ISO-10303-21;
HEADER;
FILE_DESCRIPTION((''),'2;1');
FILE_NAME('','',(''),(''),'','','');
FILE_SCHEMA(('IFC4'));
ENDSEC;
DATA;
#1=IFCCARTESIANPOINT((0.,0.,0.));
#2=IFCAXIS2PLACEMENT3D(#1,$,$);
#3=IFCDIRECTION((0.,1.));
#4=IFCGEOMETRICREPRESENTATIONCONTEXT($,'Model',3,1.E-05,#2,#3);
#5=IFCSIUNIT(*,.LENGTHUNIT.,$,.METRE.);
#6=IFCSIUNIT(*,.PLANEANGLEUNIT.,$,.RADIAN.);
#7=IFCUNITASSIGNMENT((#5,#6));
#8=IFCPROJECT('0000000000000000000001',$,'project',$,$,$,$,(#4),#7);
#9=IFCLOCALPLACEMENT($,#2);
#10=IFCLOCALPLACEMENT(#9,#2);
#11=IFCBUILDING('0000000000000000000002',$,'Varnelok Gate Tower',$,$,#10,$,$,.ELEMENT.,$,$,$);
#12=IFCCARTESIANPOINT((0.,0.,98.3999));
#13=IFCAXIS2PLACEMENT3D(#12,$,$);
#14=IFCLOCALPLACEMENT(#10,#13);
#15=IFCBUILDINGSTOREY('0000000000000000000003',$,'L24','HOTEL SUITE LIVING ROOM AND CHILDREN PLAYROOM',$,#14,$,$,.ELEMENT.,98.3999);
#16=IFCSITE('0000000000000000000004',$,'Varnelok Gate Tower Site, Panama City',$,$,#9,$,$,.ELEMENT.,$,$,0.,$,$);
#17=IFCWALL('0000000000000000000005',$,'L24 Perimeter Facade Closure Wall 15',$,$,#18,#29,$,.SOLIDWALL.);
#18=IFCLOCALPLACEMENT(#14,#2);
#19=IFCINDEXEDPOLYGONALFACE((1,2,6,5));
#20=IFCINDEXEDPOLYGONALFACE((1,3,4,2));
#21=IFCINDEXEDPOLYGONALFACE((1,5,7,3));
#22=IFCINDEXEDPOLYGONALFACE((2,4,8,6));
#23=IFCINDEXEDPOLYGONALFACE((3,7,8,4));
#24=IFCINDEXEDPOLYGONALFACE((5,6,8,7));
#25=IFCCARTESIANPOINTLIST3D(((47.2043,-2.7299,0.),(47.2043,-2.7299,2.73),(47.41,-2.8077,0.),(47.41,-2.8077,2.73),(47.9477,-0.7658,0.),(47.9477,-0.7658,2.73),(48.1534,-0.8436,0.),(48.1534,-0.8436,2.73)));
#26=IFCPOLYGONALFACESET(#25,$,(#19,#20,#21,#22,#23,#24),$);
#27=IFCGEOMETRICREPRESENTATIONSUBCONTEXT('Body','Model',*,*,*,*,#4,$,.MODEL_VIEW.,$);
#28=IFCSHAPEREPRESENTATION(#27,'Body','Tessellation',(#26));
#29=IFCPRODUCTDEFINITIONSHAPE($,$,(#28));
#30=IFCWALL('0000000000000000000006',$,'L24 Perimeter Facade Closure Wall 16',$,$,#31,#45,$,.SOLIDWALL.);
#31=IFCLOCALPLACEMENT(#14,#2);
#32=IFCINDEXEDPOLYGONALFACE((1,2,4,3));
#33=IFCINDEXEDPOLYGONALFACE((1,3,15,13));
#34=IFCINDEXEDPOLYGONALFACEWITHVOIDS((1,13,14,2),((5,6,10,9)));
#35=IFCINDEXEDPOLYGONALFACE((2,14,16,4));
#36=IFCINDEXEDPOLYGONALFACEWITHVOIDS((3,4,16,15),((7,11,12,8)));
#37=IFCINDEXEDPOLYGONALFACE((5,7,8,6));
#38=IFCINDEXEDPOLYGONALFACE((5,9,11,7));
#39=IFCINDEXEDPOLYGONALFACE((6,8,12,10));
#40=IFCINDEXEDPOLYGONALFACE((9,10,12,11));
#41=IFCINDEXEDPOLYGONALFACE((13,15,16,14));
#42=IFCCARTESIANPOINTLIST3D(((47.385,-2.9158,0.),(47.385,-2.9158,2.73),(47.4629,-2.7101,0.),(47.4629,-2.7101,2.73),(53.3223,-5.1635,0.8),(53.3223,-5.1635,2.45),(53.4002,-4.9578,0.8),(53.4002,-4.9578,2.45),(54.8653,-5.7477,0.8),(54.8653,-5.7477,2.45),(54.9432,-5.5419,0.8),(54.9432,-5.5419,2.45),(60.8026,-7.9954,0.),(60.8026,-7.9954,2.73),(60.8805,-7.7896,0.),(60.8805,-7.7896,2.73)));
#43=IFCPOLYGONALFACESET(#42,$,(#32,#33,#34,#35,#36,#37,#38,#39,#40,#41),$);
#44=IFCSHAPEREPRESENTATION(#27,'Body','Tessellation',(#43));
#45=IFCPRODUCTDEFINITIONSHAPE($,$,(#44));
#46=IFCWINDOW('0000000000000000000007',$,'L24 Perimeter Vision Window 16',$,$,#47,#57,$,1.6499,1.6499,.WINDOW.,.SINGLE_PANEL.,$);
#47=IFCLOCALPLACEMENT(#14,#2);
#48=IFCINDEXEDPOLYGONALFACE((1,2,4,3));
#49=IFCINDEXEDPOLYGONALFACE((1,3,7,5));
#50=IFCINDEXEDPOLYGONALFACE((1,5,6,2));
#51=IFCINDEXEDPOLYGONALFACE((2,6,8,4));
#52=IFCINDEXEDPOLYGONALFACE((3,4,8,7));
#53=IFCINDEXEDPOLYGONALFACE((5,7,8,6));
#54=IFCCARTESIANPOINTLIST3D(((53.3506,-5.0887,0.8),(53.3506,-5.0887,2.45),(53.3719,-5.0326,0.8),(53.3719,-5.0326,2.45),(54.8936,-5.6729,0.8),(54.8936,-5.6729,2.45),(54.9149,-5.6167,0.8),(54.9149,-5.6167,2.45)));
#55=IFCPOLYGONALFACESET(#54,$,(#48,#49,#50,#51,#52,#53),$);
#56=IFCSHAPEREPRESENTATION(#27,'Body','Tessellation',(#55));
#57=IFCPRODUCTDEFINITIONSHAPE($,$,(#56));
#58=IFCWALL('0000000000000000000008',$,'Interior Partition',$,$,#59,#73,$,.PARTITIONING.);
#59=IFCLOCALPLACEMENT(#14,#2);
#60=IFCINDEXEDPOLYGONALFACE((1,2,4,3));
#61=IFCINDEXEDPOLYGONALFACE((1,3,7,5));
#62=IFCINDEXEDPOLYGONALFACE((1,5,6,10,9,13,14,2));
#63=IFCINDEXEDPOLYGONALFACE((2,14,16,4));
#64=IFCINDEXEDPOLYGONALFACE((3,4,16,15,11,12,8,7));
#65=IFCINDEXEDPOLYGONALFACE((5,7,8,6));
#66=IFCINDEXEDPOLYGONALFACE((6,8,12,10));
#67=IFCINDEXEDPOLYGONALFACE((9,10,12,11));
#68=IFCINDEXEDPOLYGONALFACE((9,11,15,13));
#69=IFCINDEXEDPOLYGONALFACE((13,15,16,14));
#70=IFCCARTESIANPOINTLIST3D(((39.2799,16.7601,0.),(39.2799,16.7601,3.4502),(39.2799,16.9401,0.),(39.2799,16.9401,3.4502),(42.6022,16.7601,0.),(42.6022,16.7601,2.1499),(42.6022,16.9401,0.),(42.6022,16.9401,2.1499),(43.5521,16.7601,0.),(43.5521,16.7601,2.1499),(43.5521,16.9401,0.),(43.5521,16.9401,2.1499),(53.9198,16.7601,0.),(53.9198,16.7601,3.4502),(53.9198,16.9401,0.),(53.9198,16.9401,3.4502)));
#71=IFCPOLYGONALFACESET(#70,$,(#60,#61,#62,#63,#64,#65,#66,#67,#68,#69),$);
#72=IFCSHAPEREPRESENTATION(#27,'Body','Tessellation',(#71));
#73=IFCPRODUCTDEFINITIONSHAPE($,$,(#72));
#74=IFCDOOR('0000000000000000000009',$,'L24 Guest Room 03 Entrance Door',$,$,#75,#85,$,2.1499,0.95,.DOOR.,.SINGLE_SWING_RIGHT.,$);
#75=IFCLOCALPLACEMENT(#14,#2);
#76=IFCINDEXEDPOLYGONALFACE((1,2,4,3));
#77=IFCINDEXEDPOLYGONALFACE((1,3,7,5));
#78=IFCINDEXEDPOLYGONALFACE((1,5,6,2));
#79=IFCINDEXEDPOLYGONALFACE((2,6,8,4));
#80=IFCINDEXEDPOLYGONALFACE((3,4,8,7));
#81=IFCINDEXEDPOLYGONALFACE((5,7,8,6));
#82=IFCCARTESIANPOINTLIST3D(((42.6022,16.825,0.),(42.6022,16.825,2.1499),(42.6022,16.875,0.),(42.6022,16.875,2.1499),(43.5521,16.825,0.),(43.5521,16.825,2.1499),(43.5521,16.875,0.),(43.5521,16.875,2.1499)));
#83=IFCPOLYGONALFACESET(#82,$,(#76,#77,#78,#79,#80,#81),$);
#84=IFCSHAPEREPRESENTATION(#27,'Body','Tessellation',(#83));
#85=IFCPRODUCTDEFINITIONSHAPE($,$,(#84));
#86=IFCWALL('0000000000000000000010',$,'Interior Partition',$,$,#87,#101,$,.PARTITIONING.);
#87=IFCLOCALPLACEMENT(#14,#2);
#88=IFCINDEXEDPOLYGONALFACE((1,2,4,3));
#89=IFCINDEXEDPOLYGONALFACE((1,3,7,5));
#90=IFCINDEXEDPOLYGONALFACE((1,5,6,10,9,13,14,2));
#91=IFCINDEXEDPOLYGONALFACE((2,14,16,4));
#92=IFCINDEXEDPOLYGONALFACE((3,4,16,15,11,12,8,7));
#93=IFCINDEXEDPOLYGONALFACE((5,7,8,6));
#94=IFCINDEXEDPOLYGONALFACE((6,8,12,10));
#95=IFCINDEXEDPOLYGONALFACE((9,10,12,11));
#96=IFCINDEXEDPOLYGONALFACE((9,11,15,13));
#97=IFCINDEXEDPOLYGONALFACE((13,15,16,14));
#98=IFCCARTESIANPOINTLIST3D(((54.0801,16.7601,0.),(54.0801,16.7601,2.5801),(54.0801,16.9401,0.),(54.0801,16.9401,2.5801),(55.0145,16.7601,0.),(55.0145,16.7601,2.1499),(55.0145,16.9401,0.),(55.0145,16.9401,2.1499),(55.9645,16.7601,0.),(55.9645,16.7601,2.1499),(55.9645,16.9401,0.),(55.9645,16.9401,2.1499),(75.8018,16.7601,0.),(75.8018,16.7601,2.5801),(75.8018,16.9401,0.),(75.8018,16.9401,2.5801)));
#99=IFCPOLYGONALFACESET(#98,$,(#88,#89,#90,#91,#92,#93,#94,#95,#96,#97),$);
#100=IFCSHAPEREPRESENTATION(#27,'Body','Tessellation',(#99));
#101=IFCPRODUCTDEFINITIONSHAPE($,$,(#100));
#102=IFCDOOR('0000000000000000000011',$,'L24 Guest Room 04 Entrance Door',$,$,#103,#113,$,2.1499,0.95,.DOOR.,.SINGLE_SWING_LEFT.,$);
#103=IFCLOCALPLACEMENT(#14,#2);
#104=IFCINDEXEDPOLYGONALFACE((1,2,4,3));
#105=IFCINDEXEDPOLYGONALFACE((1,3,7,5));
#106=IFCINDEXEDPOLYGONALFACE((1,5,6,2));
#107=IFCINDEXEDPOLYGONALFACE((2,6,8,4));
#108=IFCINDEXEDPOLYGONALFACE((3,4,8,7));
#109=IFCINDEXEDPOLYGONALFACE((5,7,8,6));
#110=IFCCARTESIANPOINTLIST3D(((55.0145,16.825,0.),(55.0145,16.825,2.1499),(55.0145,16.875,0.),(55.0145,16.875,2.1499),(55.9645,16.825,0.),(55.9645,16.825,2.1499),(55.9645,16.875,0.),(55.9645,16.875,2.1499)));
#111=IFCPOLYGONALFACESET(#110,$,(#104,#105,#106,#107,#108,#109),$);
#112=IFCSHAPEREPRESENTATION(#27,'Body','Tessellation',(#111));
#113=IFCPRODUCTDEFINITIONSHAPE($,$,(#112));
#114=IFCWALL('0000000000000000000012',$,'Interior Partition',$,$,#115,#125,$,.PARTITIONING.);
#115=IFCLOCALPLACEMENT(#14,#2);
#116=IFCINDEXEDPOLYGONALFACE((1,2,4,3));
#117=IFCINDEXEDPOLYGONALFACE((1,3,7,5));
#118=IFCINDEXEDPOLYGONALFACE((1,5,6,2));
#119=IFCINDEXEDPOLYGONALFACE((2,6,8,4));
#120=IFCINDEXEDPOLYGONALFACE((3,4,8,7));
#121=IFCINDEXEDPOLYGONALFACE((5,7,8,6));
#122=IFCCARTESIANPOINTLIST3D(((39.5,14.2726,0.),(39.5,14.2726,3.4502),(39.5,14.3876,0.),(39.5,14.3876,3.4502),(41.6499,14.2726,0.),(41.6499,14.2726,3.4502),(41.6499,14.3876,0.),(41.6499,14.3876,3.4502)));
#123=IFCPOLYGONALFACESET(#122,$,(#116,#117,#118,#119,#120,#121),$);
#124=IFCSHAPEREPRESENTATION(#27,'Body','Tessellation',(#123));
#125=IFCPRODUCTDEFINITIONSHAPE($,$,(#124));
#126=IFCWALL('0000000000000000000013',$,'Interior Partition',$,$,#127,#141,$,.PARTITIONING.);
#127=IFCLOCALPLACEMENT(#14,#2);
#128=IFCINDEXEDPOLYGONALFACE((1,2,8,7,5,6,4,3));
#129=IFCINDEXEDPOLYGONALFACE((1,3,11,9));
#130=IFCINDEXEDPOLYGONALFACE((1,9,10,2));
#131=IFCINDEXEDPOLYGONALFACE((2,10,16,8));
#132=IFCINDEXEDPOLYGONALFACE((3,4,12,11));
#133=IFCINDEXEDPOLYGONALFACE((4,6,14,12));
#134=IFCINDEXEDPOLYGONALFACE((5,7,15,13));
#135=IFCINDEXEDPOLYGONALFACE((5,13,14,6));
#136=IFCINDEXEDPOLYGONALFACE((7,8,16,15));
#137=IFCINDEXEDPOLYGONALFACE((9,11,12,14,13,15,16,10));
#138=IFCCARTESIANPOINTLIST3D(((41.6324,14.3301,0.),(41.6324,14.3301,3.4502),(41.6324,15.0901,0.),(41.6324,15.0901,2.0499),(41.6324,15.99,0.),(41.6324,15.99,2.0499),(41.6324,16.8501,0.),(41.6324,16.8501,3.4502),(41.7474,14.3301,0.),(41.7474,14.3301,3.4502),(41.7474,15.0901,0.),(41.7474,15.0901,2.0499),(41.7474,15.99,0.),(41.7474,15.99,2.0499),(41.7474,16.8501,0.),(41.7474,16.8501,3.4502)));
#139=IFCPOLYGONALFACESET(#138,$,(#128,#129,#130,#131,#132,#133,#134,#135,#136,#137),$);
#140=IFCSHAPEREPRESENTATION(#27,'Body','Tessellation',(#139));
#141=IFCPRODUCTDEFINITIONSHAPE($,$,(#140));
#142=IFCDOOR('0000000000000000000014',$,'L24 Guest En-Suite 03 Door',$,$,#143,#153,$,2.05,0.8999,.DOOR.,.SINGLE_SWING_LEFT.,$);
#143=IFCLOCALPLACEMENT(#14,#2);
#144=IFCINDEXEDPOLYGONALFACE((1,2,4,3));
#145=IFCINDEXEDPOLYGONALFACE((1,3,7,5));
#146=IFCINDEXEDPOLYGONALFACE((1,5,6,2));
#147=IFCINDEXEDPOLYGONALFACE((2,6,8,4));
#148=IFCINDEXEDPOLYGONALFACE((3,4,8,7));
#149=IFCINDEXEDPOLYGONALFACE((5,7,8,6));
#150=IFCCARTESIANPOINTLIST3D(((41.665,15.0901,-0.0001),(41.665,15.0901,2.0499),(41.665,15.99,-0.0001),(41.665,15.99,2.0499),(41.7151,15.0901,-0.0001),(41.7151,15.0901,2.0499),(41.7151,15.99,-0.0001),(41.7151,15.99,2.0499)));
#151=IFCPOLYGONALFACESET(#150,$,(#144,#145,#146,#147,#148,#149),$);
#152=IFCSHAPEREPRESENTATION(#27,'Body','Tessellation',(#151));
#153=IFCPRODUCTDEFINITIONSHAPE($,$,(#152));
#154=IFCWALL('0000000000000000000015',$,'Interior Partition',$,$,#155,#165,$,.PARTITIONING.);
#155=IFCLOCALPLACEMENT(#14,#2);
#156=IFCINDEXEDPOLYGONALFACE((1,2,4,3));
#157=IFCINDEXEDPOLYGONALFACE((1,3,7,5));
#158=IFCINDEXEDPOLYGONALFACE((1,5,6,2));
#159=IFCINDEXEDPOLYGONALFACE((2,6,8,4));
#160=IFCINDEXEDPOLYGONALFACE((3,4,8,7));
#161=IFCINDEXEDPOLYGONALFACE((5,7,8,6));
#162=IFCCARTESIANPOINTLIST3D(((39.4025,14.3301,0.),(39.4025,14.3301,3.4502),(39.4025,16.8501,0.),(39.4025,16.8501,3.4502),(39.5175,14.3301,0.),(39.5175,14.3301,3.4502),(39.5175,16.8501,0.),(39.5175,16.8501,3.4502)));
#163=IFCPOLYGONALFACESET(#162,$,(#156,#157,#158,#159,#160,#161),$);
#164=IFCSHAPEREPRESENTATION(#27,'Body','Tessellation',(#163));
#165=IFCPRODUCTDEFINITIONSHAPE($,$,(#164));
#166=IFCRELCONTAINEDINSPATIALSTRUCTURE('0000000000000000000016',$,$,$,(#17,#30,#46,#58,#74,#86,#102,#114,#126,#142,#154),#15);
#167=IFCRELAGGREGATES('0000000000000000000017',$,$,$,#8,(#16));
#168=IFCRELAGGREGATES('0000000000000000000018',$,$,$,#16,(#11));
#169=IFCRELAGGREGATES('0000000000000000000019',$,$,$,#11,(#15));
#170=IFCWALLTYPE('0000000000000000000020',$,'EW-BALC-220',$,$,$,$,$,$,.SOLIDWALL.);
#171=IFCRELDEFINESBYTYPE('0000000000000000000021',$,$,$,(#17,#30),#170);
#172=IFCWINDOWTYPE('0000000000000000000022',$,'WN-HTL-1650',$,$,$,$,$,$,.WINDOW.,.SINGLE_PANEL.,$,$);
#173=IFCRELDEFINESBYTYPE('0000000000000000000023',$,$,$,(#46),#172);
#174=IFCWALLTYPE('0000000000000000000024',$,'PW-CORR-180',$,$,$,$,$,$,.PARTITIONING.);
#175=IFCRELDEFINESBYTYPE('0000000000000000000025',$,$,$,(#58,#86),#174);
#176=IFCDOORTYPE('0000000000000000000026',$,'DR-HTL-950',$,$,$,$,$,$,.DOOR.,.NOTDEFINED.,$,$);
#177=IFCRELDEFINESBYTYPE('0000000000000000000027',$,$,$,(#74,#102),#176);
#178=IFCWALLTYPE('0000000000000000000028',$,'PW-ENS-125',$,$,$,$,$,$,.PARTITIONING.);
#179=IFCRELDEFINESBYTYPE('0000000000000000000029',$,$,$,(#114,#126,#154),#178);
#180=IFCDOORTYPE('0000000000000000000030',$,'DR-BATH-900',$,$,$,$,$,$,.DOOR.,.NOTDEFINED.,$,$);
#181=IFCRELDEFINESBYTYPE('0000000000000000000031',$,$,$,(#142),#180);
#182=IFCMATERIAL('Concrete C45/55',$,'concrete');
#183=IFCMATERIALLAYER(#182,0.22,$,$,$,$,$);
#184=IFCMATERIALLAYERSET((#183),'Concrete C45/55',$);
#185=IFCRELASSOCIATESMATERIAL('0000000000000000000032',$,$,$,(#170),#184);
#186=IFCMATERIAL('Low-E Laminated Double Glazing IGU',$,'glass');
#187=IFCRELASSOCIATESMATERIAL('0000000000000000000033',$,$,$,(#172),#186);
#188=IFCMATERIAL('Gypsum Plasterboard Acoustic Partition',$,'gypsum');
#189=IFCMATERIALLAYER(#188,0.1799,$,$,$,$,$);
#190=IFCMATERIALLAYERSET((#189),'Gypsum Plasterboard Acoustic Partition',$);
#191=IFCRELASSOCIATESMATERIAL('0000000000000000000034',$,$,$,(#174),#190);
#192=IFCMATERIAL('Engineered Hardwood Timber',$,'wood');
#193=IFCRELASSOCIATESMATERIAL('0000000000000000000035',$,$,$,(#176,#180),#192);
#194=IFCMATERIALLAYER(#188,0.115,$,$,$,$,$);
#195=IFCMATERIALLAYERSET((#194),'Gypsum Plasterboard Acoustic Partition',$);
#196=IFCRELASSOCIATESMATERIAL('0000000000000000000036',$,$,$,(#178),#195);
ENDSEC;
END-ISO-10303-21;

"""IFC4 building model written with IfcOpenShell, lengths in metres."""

from ifc_helpers import new_model, si_unit, direction, frame, frame_2d, origin, place, context, subcontext, project, spatial, rectangle, extrude, material, layer, layer_set, type_object, element, fill, save


model = new_model("IFC4")

# Units and contexts
model_context = context("Model", 3, precision=1e-05, world=origin(), true_north=direction((0.0, 1.0)))
body_context = subcontext(model_context, "Body", "Model", "MODEL_VIEW")
ifc_project = project(units=[si_unit("LENGTHUNIT", "METRE"), si_unit("PLANEANGLEUNIT", "RADIAN")], contexts=[model_context])

# Site, building, storey
site_placement = place(None, origin())
site = spatial("IfcSite", under=ifc_project, at=site_placement, Name="Varnelok Gate Tower Site, Panama City", CompositionType="ELEMENT", RefElevation=0.0)
building_placement = place(site_placement, origin())
building = spatial("IfcBuilding", under=site, at=building_placement, Name="Varnelok Gate Tower", CompositionType="ELEMENT")
storey_placement = place(building_placement, frame((0.0, 0.0, 98.3999)))
storey = spatial("IfcBuildingStorey", under=building, at=storey_placement, Name="L24", Description="HOTEL SUITE LIVING ROOM AND CHILDREN PLAYROOM", CompositionType="ELEMENT", Elevation=98.3999)

# Shared definitions
ifc_material_1 = material(Name="Concrete C45/55", Category="concrete")
ifc_layer_1 = layer(ifc_material_1, 0.22)
ifc_layer_set_1 = layer_set([ifc_layer_1], Name="Concrete C45/55")
wall_type_1 = type_object("IfcWallType", Name="EW-BALC-220", PredefinedType="SOLIDWALL", material=ifc_layer_set_1)

# Wall
wall_1_placement = place(storey_placement, frame((48.0505, -0.8047, 0.0), z_axis=(0.0, 0.0, 1.0), x_axis=(-0.353988, -0.93525, 0.0)))
element("IfcWall", 1, at=wall_1_placement, inside=storey, type_object=wall_type_1, Name="L24 Perimeter Facade Closure Wall 15", PredefinedType="SOLIDWALL", context=body_context, shape_type="SweptSolid", body=[
    extrude(rectangle(XDim=2.1001, YDim=0.22, at=frame_2d((1.05, 0.0))), origin(), (0.0, 0.0, 1.0), 2.73),
])

# Wall, opening, window
wall_2_placement = place(storey_placement, frame((47.4241, -2.813, 0.0), z_axis=(0.0, 0.0, 1.0), x_axis=(0.935226, -0.354051, 0.0)))
wall_2 = element("IfcWall", 2, at=wall_2_placement, inside=storey, type_object=wall_type_1, Name="L24 Perimeter Facade Closure Wall 16", PredefinedType="SOLIDWALL", context=body_context, shape_type="SweptSolid", body=[
    extrude(rectangle(XDim=14.3469, YDim=0.22, at=frame_2d((7.1733, 0.0))), origin(), (0.0, 0.0, 1.0), 2.73),
])
opening_1_placement = place(wall_2_placement, frame((6.3484, 0.0, 0.8)))
opening_1 = element("IfcOpeningElement", 3, at=opening_1_placement, cuts=wall_2, PredefinedType="OPENING", context=body_context, shape_type="SweptSolid", body=[
    extrude(rectangle(XDim=1.6499, YDim=1.6499, at=frame_2d((0.825, 0.825))), frame((0.0, 0.1199, 0.0), z_axis=(0.0, -1.0, 0.0), x_axis=(1.0, 0.0, 0.0)), (0.0, 0.0, 1.0), 0.24),
])
ifc_material_2 = material(Name="Low-E Laminated Double Glazing IGU", Category="glass")
window_type = type_object("IfcWindowType", Name="WN-HTL-1650", PartitioningType="SINGLE_PANEL", PredefinedType="WINDOW", material=ifc_material_2)
window_placement = place(opening_1_placement, origin())
window = element("IfcWindow", 4, at=window_placement, inside=storey, type_object=window_type, Name="L24 Perimeter Vision Window 16", OverallHeight=1.6499, OverallWidth=1.6499, PartitioningType="SINGLE_PANEL", PredefinedType="WINDOW", context=body_context, shape_type="SweptSolid", body=[
    extrude(rectangle(XDim=1.6499, YDim=1.6499, at=frame_2d((0.825, 0.825))), frame((0.0, 0.03, 0.0), z_axis=(0.0, -1.0, 0.0), x_axis=(1.0, 0.0, 0.0)), (0.0, 0.0, 1.0), 0.0601),
])
fill(opening_1, window)

# Walls, openings, doors
ifc_material_3 = material(Name="Gypsum Plasterboard Acoustic Partition", Category="gypsum")
ifc_layer_2 = layer(ifc_material_3, 0.1799)
ifc_layer_set_2 = layer_set([ifc_layer_2], Name="Gypsum Plasterboard Acoustic Partition")
wall_type_2 = type_object("IfcWallType", Name="PW-CORR-180", PredefinedType="PARTITIONING", material=ifc_layer_set_2)
wall_3_placement = place(storey_placement, frame((39.28, 16.8501, 0.0), z_axis=(0.0, 0.0, 1.0), x_axis=(1.0, 0.0, 0.0)))
wall_3 = element("IfcWall", 5, at=wall_3_placement, inside=storey, type_object=wall_type_2, Name="Interior Partition", PredefinedType="PARTITIONING", context=body_context, shape_type="SweptSolid", body=[
    extrude(rectangle(XDim=14.6399, YDim=0.1799, at=frame_2d((7.3198, 0.0))), origin(), (0.0, 0.0, 1.0), 3.4502),
])
opening_2_placement = place(wall_3_placement, frame((3.322, 0.0, 0.0)))
opening_2 = element("IfcOpeningElement", 6, at=opening_2_placement, cuts=wall_3, PredefinedType="OPENING", context=body_context, shape_type="SweptSolid", body=[
    extrude(rectangle(XDim=0.95, YDim=2.1499, at=frame_2d((0.4751, 1.075))), frame((0.0, 0.0999, 0.0), z_axis=(0.0, -1.0, 0.0), x_axis=(1.0, 0.0, 0.0)), (0.0, 0.0, 1.0), 0.2),
])
ifc_material_4 = material(Name="Engineered Hardwood Timber", Category="wood")
door_type_1 = type_object("IfcDoorType", Name="DR-HTL-950", OperationType="NOTDEFINED", PredefinedType="DOOR", material=ifc_material_4)
door_1_placement = place(opening_2_placement, origin())
door_1 = element("IfcDoor", 7, at=door_1_placement, inside=storey, type_object=door_type_1, Name="L24 Guest Room 03 Entrance Door", OperationType="SINGLE_SWING_RIGHT", OverallHeight=2.1499, OverallWidth=0.95, PredefinedType="DOOR", context=body_context, shape_type="SweptSolid", body=[
    extrude(rectangle(XDim=0.95, YDim=2.1499, at=frame_2d((0.4751, 1.075))), frame((0.0, 0.0249, 0.0), z_axis=(0.0, -1.0, 0.0), x_axis=(1.0, 0.0, 0.0)), (0.0, 0.0, 1.0), 0.05),
])
fill(opening_2, door_1)
wall_4_placement = place(storey_placement, frame((54.0801, 16.8501, 0.0), z_axis=(0.0, 0.0, 1.0), x_axis=(1.0, 0.0, 0.0)))
wall_4 = element("IfcWall", 8, at=wall_4_placement, inside=storey, type_object=wall_type_2, Name="Interior Partition", PredefinedType="PARTITIONING", context=body_context, shape_type="SweptSolid", body=[
    extrude(rectangle(XDim=21.7217, YDim=0.1799, at=frame_2d((10.8608, 0.0))), origin(), (0.0, 0.0, 1.0), 2.5801),
])
opening_3_placement = place(wall_4_placement, frame((0.9343, 0.0, 0.0)))
opening_3 = element("IfcOpeningElement", 9, at=opening_3_placement, cuts=wall_4, PredefinedType="OPENING", context=body_context, shape_type="SweptSolid", body=[
    extrude(rectangle(XDim=0.95, YDim=2.1499, at=frame_2d((0.4751, 1.075))), frame((0.0, 0.0999, 0.0), z_axis=(0.0, -1.0, 0.0), x_axis=(1.0, 0.0, 0.0)), (0.0, 0.0, 1.0), 0.2),
])
door_2_placement = place(opening_3_placement, origin())
door_2 = element("IfcDoor", 10, at=door_2_placement, inside=storey, type_object=door_type_1, Name="L24 Guest Room 04 Entrance Door", OperationType="SINGLE_SWING_LEFT", OverallHeight=2.1499, OverallWidth=0.95, PredefinedType="DOOR", context=body_context, shape_type="SweptSolid", body=[
    extrude(rectangle(XDim=0.95, YDim=2.1499, at=frame_2d((0.4751, 1.075))), frame((0.0, 0.0249, 0.0), z_axis=(0.0, -1.0, 0.0), x_axis=(1.0, 0.0, 0.0)), (0.0, 0.0, 1.0), 0.05),
])
fill(opening_3, door_2)

# Wall
ifc_layer_3 = layer(ifc_material_3, 0.115)
ifc_layer_set_3 = layer_set([ifc_layer_3], Name="Gypsum Plasterboard Acoustic Partition")
wall_type_3 = type_object("IfcWallType", Name="PW-ENS-125", PredefinedType="PARTITIONING", material=ifc_layer_set_3)
wall_5_placement = place(storey_placement, frame((39.5, 14.3301, 0.0), z_axis=(0.0, 0.0, 1.0), x_axis=(1.0, 0.0, 0.0)))
element("IfcWall", 11, at=wall_5_placement, inside=storey, type_object=wall_type_3, Name="Interior Partition", PredefinedType="PARTITIONING", context=body_context, shape_type="SweptSolid", body=[
    extrude(rectangle(XDim=2.1499, YDim=0.115, at=frame_2d((1.075, 0.0))), origin(), (0.0, 0.0, 1.0), 3.4502),
])

# Wall, opening, door
wall_6_placement = place(storey_placement, frame((41.6899, 14.3301, 0.0), z_axis=(0.0, 0.0, 1.0), x_axis=(0.0, 1.0, 0.0)))
wall_6 = element("IfcWall", 12, at=wall_6_placement, inside=storey, type_object=wall_type_3, Name="Interior Partition", PredefinedType="PARTITIONING", context=body_context, shape_type="SweptSolid", body=[
    extrude(rectangle(XDim=2.52, YDim=0.115, at=frame_2d((1.26, 0.0))), origin(), (0.0, 0.0, 1.0), 3.4502),
])
opening_4_placement = place(wall_6_placement, frame((0.76, 0.0, 0.0)))
opening_4 = element("IfcOpeningElement", 13, at=opening_4_placement, cuts=wall_6, PredefinedType="OPENING", context=body_context, shape_type="SweptSolid", body=[
    extrude(rectangle(XDim=0.8999, YDim=2.05, at=frame_2d((0.45, 1.0249))), frame((0.0, 0.0674, 0.0), z_axis=(0.0, -1.0, 0.0), x_axis=(1.0, 0.0, 0.0)), (0.0, 0.0, 1.0), 0.135),
])
door_type_2 = type_object("IfcDoorType", Name="DR-BATH-900", OperationType="NOTDEFINED", PredefinedType="DOOR", material=ifc_material_4)
door_3_placement = place(opening_4_placement, origin())
door_3 = element("IfcDoor", 14, at=door_3_placement, inside=storey, type_object=door_type_2, Name="L24 Guest En-Suite 03 Door", OperationType="SINGLE_SWING_LEFT", OverallHeight=2.05, OverallWidth=0.8999, PredefinedType="DOOR", context=body_context, shape_type="SweptSolid", body=[
    extrude(rectangle(XDim=0.8999, YDim=2.05, at=frame_2d((0.45, 1.0249))), frame((0.0, 0.0249, 0.0), z_axis=(0.0, -1.0, 0.0), x_axis=(1.0, 0.0, 0.0)), (0.0, 0.0, 1.0), 0.05),
])
fill(opening_4, door_3)

# Wall
wall_7_placement = place(storey_placement, frame((39.46, 14.3301, 0.0), z_axis=(0.0, 0.0, 1.0), x_axis=(0.0, 1.0, 0.0)))
element("IfcWall", 15, at=wall_7_placement, inside=storey, type_object=wall_type_3, Name="Interior Partition", PredefinedType="PARTITIONING", context=body_context, shape_type="SweptSolid", body=[
    extrude(rectangle(XDim=2.52, YDim=0.115, at=frame_2d((1.26, 0.0))), origin(), (0.0, 0.0, 1.0), 3.4502),
])

save(model, "model.ifc")
